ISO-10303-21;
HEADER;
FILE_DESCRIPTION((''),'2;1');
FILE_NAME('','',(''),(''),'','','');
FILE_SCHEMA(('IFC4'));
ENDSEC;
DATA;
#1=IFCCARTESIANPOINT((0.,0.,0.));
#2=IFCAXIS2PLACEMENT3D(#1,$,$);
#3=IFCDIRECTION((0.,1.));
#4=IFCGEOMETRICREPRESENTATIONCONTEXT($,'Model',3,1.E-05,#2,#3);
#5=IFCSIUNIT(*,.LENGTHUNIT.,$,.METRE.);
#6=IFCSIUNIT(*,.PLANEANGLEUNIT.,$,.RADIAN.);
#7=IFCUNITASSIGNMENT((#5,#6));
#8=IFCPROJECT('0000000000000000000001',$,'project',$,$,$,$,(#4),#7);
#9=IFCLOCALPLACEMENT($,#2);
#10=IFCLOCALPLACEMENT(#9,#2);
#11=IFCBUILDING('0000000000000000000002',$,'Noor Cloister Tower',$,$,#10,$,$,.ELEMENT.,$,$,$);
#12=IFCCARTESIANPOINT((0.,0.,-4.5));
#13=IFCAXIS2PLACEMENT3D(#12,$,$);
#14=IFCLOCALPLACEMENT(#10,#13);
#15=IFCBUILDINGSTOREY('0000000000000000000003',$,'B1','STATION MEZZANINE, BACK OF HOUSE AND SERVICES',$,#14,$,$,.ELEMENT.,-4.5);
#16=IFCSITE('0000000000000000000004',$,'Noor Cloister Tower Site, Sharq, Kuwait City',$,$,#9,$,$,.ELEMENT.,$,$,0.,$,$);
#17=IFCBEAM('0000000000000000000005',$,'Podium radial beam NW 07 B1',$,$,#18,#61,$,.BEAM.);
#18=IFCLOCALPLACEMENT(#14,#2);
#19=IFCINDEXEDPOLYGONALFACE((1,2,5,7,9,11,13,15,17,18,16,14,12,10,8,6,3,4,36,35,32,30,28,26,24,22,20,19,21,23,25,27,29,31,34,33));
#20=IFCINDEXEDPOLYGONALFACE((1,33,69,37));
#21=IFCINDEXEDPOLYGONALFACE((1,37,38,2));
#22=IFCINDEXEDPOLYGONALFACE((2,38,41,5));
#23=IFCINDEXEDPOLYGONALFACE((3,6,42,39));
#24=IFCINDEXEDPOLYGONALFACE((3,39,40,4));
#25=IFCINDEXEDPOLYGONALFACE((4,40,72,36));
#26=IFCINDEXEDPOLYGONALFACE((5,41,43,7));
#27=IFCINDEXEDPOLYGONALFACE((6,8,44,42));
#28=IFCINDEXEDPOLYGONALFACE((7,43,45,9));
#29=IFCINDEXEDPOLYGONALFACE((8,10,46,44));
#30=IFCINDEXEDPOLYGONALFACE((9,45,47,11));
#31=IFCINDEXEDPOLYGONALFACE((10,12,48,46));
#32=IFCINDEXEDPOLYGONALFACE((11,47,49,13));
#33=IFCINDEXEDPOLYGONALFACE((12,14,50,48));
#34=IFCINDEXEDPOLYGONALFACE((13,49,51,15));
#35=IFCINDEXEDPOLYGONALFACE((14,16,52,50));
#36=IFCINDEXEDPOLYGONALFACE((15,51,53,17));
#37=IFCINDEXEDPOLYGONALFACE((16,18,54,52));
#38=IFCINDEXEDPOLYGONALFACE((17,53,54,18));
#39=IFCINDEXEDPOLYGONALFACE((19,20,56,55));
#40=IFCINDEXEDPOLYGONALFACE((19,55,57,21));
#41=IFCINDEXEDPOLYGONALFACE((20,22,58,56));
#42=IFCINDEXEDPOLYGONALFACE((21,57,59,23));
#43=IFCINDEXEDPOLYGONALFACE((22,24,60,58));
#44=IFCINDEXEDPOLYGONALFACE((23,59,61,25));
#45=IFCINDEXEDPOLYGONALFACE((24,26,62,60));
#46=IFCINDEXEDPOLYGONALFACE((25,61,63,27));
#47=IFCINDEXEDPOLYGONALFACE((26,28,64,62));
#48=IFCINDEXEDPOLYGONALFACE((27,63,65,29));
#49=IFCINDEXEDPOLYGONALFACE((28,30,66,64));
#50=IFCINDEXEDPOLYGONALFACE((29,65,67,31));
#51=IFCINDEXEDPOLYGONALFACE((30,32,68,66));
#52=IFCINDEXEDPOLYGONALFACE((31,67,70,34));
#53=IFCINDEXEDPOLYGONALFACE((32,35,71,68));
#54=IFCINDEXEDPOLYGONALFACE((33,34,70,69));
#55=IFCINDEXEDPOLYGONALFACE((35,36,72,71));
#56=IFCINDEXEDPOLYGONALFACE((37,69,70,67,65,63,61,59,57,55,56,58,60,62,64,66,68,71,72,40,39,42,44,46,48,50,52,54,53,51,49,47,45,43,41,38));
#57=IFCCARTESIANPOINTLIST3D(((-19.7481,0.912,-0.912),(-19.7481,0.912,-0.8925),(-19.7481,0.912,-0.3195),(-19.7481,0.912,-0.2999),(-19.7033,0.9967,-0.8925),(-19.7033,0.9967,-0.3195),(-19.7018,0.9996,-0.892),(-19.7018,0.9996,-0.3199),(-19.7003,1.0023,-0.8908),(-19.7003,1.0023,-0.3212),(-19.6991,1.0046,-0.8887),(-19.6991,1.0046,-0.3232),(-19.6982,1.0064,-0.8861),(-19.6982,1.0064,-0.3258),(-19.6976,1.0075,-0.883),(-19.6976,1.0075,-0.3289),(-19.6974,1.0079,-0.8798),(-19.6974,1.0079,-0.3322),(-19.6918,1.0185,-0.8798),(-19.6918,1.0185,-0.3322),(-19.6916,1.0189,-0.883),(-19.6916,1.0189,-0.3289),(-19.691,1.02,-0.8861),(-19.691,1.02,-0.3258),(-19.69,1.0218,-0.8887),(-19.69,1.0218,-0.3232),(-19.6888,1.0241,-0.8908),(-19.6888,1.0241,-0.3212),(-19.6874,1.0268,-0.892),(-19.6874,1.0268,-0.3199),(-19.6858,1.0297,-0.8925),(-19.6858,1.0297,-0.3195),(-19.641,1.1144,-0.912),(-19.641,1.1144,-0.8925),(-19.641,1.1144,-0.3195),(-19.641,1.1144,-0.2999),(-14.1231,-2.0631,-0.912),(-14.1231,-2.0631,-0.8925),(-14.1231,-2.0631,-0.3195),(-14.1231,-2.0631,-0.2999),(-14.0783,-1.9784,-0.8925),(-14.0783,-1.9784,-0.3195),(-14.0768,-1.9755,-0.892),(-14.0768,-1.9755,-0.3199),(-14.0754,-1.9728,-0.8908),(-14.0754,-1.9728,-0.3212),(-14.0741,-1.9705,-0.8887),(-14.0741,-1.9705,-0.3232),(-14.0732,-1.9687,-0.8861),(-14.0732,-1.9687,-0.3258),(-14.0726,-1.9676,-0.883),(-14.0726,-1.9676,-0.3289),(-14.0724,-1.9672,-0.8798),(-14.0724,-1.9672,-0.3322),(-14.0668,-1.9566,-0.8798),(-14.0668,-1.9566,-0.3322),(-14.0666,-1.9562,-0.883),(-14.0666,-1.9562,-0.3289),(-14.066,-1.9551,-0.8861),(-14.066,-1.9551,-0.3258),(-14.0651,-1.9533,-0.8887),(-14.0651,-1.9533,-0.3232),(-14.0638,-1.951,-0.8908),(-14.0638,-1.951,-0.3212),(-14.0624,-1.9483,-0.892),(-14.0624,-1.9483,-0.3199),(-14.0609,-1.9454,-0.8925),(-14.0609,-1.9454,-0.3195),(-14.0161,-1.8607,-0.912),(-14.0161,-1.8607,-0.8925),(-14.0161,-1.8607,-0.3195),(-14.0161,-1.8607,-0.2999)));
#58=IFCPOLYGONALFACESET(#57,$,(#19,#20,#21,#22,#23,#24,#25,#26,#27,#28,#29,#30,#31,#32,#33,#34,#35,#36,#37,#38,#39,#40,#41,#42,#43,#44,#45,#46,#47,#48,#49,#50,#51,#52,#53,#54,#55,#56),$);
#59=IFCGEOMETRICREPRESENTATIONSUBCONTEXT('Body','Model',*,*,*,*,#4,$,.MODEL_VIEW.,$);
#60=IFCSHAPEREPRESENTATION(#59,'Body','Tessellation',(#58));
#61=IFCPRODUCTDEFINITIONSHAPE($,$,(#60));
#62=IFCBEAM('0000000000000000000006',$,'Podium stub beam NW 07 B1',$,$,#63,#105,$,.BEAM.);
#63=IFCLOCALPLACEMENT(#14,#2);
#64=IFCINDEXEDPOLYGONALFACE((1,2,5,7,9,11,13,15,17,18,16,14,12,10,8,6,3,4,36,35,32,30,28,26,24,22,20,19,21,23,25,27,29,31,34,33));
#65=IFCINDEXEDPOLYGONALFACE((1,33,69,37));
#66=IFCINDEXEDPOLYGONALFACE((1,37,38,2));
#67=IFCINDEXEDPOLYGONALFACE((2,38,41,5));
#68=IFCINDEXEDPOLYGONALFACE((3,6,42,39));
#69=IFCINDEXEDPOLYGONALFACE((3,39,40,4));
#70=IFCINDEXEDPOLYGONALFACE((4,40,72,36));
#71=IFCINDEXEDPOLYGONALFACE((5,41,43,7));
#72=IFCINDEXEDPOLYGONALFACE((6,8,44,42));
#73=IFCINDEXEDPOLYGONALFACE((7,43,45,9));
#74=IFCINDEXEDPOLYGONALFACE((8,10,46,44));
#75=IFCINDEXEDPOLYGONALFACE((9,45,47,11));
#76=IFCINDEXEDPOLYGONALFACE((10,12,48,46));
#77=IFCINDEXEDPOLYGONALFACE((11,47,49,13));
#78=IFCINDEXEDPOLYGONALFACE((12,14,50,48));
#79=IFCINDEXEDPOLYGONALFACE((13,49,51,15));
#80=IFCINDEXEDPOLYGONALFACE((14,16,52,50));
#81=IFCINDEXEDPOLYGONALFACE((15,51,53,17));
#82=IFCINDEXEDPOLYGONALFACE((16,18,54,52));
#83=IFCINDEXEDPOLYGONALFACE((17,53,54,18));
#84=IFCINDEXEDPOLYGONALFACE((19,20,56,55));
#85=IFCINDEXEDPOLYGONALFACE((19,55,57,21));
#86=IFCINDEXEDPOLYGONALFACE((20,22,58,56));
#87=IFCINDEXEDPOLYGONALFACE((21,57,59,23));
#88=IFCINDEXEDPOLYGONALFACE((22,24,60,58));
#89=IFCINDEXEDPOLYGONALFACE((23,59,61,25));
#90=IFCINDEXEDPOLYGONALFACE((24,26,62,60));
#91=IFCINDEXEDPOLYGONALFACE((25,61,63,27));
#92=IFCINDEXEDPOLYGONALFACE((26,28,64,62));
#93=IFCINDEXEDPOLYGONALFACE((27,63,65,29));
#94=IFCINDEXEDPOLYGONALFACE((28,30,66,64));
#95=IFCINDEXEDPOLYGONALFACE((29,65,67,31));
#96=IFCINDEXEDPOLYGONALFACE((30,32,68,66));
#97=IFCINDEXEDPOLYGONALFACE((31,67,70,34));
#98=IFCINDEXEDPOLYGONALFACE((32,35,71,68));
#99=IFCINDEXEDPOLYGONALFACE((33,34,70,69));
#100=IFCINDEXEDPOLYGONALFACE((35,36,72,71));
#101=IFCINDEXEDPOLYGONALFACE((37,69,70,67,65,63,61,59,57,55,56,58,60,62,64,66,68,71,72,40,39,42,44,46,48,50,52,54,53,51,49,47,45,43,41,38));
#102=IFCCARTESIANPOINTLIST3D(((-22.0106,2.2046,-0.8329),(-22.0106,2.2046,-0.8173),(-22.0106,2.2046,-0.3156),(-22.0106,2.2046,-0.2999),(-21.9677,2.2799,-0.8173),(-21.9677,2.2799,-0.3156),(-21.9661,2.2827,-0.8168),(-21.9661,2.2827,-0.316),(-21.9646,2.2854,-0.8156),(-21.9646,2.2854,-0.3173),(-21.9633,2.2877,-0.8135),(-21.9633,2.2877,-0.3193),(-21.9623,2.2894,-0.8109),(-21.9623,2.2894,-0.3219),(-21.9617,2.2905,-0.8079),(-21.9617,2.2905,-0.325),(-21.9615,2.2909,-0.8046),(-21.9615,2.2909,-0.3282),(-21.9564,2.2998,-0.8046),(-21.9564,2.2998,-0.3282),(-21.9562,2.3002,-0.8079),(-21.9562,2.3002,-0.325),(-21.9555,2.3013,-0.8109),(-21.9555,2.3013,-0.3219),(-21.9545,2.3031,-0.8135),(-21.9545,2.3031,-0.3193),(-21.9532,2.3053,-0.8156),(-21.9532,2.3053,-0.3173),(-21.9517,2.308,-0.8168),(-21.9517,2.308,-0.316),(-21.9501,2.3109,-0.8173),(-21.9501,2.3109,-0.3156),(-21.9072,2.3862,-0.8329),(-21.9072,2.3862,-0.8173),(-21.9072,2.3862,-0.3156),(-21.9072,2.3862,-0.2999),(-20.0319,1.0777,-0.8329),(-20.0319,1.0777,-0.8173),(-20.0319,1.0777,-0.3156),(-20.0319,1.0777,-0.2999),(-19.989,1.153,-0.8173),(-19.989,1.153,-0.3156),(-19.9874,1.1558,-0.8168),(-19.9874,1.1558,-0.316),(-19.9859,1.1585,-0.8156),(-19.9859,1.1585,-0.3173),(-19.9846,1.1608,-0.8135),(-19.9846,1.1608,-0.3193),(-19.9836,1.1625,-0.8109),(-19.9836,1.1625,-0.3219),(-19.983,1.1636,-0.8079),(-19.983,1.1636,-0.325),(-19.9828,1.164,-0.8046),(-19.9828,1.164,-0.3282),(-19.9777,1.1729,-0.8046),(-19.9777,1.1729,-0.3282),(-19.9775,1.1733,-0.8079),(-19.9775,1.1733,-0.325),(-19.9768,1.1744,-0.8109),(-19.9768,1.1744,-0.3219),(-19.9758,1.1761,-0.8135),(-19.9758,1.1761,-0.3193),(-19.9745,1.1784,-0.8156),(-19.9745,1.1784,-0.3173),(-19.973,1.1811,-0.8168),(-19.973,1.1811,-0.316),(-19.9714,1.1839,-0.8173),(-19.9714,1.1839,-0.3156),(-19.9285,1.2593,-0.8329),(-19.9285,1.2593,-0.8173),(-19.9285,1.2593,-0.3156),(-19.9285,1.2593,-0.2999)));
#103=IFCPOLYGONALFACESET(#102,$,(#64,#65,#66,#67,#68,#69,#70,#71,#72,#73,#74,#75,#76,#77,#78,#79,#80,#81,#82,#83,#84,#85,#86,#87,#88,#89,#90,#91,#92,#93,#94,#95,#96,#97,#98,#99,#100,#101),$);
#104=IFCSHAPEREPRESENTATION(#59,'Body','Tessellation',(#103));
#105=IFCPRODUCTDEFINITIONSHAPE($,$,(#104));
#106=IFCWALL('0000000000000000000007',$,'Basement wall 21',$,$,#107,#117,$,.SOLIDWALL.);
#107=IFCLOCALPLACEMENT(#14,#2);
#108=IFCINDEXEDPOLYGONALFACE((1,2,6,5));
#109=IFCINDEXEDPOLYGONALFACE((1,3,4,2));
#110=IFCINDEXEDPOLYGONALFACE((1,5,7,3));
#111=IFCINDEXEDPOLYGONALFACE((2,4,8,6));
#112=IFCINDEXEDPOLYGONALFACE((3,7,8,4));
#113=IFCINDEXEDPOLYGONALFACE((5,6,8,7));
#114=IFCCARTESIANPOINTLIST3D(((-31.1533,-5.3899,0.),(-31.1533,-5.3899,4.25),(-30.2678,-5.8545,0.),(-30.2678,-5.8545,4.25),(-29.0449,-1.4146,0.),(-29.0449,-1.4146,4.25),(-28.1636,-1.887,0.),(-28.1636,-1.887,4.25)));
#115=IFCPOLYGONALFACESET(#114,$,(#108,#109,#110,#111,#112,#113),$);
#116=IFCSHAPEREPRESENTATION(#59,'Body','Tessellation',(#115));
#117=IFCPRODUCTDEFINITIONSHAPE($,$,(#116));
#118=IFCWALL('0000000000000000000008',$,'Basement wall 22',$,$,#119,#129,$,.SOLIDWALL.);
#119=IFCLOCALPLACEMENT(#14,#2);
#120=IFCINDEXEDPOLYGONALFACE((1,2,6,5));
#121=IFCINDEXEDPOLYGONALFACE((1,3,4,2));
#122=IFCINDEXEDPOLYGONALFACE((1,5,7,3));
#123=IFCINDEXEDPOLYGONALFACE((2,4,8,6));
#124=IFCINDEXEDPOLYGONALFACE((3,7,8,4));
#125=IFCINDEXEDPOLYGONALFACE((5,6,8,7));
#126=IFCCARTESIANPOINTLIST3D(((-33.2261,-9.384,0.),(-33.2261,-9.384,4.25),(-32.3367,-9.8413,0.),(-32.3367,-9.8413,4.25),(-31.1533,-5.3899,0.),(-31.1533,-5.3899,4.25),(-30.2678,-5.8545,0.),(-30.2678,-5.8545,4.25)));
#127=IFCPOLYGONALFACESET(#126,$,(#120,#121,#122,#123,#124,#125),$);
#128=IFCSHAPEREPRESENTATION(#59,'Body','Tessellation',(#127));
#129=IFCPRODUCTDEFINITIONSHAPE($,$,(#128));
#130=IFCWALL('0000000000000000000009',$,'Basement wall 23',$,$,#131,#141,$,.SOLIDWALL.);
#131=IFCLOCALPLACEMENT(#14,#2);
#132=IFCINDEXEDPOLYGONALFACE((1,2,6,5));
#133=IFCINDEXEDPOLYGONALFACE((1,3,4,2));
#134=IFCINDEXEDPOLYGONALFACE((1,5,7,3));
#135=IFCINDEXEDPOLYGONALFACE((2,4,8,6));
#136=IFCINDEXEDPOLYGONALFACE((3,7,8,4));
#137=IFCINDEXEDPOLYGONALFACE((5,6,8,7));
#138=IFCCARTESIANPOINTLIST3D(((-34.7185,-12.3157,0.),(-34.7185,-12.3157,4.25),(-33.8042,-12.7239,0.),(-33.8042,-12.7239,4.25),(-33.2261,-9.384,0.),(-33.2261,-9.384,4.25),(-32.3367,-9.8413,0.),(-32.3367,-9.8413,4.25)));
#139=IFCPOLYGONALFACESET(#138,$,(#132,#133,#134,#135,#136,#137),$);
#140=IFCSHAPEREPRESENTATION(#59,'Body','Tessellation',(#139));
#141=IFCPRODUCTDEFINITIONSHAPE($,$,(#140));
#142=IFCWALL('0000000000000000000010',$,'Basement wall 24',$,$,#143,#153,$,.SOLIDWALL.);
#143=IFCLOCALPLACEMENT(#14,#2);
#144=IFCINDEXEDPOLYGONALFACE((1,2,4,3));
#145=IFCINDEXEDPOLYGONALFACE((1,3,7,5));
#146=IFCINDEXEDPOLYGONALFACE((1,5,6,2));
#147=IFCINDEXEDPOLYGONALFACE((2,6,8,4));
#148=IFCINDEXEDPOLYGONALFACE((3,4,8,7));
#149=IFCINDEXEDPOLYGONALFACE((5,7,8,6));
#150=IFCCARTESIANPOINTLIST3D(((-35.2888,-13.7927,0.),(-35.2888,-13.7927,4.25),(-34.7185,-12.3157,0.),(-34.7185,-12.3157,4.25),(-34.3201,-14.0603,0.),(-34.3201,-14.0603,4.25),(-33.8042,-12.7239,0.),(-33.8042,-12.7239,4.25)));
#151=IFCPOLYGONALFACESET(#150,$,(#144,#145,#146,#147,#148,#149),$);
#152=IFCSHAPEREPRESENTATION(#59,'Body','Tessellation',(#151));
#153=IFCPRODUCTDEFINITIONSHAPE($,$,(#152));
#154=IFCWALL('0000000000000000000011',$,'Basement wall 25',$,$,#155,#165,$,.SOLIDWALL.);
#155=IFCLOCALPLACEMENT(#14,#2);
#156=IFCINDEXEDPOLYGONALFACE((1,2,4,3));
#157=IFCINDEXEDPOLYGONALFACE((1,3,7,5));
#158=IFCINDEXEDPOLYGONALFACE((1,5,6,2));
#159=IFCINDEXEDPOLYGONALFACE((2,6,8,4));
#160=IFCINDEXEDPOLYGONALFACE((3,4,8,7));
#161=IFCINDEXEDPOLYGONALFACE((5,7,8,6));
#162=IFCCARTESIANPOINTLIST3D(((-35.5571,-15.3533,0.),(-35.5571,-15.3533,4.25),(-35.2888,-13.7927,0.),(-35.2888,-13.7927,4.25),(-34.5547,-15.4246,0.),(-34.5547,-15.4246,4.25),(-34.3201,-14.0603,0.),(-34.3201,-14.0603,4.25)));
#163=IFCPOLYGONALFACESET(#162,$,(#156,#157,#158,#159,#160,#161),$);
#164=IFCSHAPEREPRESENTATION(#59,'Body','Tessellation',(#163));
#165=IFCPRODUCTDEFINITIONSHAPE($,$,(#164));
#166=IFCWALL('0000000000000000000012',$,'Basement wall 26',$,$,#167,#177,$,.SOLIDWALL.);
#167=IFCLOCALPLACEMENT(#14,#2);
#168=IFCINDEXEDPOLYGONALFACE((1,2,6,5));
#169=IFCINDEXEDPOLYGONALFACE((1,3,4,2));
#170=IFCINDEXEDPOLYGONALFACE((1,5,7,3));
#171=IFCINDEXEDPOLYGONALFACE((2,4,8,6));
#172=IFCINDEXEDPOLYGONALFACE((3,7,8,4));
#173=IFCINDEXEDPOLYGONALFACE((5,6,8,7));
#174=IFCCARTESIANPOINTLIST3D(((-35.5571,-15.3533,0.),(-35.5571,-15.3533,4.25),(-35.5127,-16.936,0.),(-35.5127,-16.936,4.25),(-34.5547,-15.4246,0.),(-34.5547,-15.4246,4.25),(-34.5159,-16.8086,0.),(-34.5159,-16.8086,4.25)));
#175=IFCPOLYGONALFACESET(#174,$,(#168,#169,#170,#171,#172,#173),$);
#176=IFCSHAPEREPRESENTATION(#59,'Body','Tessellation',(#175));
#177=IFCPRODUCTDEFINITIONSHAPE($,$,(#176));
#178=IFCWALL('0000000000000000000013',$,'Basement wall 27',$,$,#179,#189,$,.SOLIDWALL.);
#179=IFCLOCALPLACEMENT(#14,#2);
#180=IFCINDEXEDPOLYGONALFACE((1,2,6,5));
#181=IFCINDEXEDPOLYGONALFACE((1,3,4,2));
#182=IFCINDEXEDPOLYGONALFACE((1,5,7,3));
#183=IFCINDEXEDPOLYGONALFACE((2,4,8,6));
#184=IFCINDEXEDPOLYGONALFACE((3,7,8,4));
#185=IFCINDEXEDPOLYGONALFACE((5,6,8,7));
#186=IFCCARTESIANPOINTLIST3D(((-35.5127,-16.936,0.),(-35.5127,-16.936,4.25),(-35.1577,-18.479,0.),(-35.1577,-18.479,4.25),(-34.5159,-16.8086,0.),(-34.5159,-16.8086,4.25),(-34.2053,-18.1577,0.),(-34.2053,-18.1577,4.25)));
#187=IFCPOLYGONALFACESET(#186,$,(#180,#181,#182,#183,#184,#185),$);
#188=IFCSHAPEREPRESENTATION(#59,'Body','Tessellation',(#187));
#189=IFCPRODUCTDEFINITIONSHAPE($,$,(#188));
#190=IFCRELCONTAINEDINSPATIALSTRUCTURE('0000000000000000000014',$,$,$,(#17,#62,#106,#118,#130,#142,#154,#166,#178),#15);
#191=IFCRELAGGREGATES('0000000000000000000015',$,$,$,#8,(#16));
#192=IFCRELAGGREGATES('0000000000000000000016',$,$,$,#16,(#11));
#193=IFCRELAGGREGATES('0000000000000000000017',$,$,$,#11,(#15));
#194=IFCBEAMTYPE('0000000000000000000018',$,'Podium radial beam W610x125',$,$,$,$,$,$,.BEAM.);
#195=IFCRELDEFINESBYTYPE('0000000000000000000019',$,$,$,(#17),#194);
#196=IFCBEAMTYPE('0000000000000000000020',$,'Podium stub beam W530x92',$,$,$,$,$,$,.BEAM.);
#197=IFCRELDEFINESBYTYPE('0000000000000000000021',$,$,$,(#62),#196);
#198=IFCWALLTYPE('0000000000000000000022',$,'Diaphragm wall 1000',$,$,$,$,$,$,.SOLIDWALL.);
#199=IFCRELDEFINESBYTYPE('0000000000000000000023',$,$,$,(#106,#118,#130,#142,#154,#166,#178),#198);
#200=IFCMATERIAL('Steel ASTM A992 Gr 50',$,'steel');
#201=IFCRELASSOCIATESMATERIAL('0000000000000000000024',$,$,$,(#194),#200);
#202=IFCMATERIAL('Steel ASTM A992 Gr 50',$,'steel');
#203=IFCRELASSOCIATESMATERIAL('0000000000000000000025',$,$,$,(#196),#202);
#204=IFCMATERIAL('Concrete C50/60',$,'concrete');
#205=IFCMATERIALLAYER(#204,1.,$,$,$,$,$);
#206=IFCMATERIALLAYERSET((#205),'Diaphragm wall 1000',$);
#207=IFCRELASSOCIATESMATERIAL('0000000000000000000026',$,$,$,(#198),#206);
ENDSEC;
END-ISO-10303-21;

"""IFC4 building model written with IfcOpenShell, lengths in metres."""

from ifc_helpers import new_model, si_unit, direction, frame, origin, origin_2d, place, context, subcontext, project, spatial, polyline, i_section, outline, extrude, material, layer, layer_set, material_profile, profile_set, type_object, element, save


model = new_model("IFC4")

# Units and contexts
model_context = context("Model", 3, precision=1e-05, world=origin(), true_north=direction((0.0, 1.0)))
body_context = subcontext(model_context, "Body", "Model", "MODEL_VIEW")
ifc_project = project(units=[si_unit("LENGTHUNIT", "METRE"), si_unit("PLANEANGLEUNIT", "RADIAN")], contexts=[model_context])

# Site, building, storey
site_placement = place(None, origin())
site = spatial("IfcSite", under=ifc_project, at=site_placement, Name="Noor Cloister Tower Site, Sharq, Kuwait City", CompositionType="ELEMENT", RefElevation=0.0)
building_placement = place(site_placement, origin())
building = spatial("IfcBuilding", under=site, at=building_placement, Name="Noor Cloister Tower", CompositionType="ELEMENT")
storey_placement = place(building_placement, frame((0.0, 0.0, -4.5)))
storey = spatial("IfcBuildingStorey", under=building, at=storey_placement, Name="B1", Description="STATION MEZZANINE, BACK OF HOUSE AND SERVICES", CompositionType="ELEMENT", Elevation=-4.5)

# Beams
ifc_material_1 = material(Name="Steel ASTM A992 Gr 50", Category="steel")
ifc_material_profile_1 = material_profile(ifc_material_1, i_section(OverallWidth=0.229, OverallDepth=0.6121, WebThickness=0.012, FlangeThickness=0.0195, FilletRadius=0.0127, at=origin_2d()), Name="W610x125")
ifc_profile_set_1 = profile_set([ifc_material_profile_1], Name="Steel ASTM A992 Gr 50")
beam_type_1 = type_object("IfcBeamType", Name="Podium radial beam W610x125", PredefinedType="BEAM", material=ifc_profile_set_1)
beam_1_placement = place(storey_placement, frame((-19.6946, 1.0132, -0.606), z_axis=(0.883973, -0.467539, 0.0), x_axis=(0.467539, 0.883973, 0.0)))
element("IfcBeam", 1, at=beam_1_placement, inside=storey, type_object=beam_type_1, Name="Podium radial beam NW 07 B1", PredefinedType="BEAM", context=body_context, shape_type="SweptSolid", body=[
    extrude(i_section(OverallWidth=0.229, OverallDepth=0.6121, WebThickness=0.012, FlangeThickness=0.0195, FilletRadius=0.0127, at=origin_2d()), origin(), (0.0, 0.0, 1.0), 6.3633),
])
ifc_material_2 = material(Name="Steel ASTM A992 Gr 50", Category="steel")
ifc_material_profile_2 = material_profile(ifc_material_2, i_section(OverallWidth=0.209, OverallDepth=0.533, WebThickness=0.0103, FlangeThickness=0.0156, FilletRadius=0.0127, at=origin_2d()), Name="W530x92")
ifc_profile_set_2 = profile_set([ifc_material_profile_2], Name="Steel ASTM A992 Gr 50")
beam_type_2 = type_object("IfcBeamType", Name="Podium stub beam W530x92", PredefinedType="BEAM", material=ifc_profile_set_2)
beam_2_placement = place(storey_placement, frame((-19.9802, 1.1685, -0.5664), z_axis=(-0.868955, 0.494891, 0.0), x_axis=(-0.494891, -0.868955, 0.0)))
element("IfcBeam", 2, at=beam_2_placement, inside=storey, type_object=beam_type_2, Name="Podium stub beam NW 07 B1", PredefinedType="BEAM", context=body_context, shape_type="SweptSolid", body=[
    extrude(i_section(OverallWidth=0.209, OverallDepth=0.533, WebThickness=0.0103, FlangeThickness=0.0156, FilletRadius=0.0127, at=origin_2d()), origin(), (0.0, 0.0, 1.0), 2.2771),
])

# Walls
ifc_material_3 = material(Name="Concrete C50/60", Category="concrete")
ifc_layer_1 = layer(ifc_material_3, 1.0)
ifc_layer_set_1 = layer_set([ifc_layer_1], Name="Diaphragm wall 1000")
wall_type_1 = type_object("IfcWallType", Name="Diaphragm wall 1000", PredefinedType="SOLIDWALL", material=ifc_layer_set_1)
wall_1_placement = place(storey_placement, origin())
element("IfcWall", 3, at=wall_1_placement, inside=storey, type_object=wall_type_1, Name="Basement wall 21", PredefinedType="SOLIDWALL", context=body_context, shape_type="SweptSolid", body=[
    extrude(outline(polyline([(-29.0449, -1.4146), (-31.1533, -5.3899), (-30.2678, -5.8545), (-28.1636, -1.887), (-29.0449, -1.4146)])), origin(), (0.0, 0.0, 1.0), 4.25),
])
wall_2_placement = place(storey_placement, origin())
element("IfcWall", 4, at=wall_2_placement, inside=storey, type_object=wall_type_1, Name="Basement wall 22", PredefinedType="SOLIDWALL", context=body_context, shape_type="SweptSolid", body=[
    extrude(outline(polyline([(-31.1533, -5.3899), (-33.2261, -9.384), (-32.3367, -9.8413), (-30.2678, -5.8545), (-31.1533, -5.3899)])), origin(), (0.0, 0.0, 1.0), 4.25),
])
wall_3_placement = place(storey_placement, origin())
element("IfcWall", 5, at=wall_3_placement, inside=storey, type_object=wall_type_1, Name="Basement wall 23", PredefinedType="SOLIDWALL", context=body_context, shape_type="SweptSolid", body=[
    extrude(outline(polyline([(-33.2261, -9.384), (-34.7185, -12.3157), (-33.8042, -12.7239), (-32.3367, -9.8413), (-33.2261, -9.384)])), origin(), (0.0, 0.0, 1.0), 4.25),
])
wall_4_placement = place(storey_placement, origin())
element("IfcWall", 6, at=wall_4_placement, inside=storey, type_object=wall_type_1, Name="Basement wall 24", PredefinedType="SOLIDWALL", context=body_context, shape_type="SweptSolid", body=[
    extrude(outline(polyline([(-34.7185, -12.3157), (-35.2888, -13.7927), (-34.3201, -14.0603), (-33.8042, -12.7239), (-34.7185, -12.3157)])), origin(), (0.0, 0.0, 1.0), 4.25),
])
wall_5_placement = place(storey_placement, origin())
element("IfcWall", 7, at=wall_5_placement, inside=storey, type_object=wall_type_1, Name="Basement wall 25", PredefinedType="SOLIDWALL", context=body_context, shape_type="SweptSolid", body=[
    extrude(outline(polyline([(-35.2888, -13.7927), (-35.5571, -15.3533), (-34.5547, -15.4246), (-34.3201, -14.0603), (-35.2888, -13.7927)])), origin(), (0.0, 0.0, 1.0), 4.25),
])
wall_6_placement = place(storey_placement, origin())
element("IfcWall", 8, at=wall_6_placement, inside=storey, type_object=wall_type_1, Name="Basement wall 26", PredefinedType="SOLIDWALL", context=body_context, shape_type="SweptSolid", body=[
    extrude(outline(polyline([(-35.5571, -15.3533), (-35.5127, -16.936), (-34.5159, -16.8086), (-34.5547, -15.4246), (-35.5571, -15.3533)])), origin(), (0.0, 0.0, 1.0), 4.25),
])
wall_7_placement = place(storey_placement, origin())
element("IfcWall", 9, at=wall_7_placement, inside=storey, type_object=wall_type_1, Name="Basement wall 27", PredefinedType="SOLIDWALL", context=body_context, shape_type="SweptSolid", body=[
    extrude(outline(polyline([(-35.5127, -16.936), (-35.1577, -18.479), (-34.2053, -18.1577), (-34.5159, -16.8086), (-35.5127, -16.936)])), origin(), (0.0, 0.0, 1.0), 4.25),
])

save(model, "model.ifc")
